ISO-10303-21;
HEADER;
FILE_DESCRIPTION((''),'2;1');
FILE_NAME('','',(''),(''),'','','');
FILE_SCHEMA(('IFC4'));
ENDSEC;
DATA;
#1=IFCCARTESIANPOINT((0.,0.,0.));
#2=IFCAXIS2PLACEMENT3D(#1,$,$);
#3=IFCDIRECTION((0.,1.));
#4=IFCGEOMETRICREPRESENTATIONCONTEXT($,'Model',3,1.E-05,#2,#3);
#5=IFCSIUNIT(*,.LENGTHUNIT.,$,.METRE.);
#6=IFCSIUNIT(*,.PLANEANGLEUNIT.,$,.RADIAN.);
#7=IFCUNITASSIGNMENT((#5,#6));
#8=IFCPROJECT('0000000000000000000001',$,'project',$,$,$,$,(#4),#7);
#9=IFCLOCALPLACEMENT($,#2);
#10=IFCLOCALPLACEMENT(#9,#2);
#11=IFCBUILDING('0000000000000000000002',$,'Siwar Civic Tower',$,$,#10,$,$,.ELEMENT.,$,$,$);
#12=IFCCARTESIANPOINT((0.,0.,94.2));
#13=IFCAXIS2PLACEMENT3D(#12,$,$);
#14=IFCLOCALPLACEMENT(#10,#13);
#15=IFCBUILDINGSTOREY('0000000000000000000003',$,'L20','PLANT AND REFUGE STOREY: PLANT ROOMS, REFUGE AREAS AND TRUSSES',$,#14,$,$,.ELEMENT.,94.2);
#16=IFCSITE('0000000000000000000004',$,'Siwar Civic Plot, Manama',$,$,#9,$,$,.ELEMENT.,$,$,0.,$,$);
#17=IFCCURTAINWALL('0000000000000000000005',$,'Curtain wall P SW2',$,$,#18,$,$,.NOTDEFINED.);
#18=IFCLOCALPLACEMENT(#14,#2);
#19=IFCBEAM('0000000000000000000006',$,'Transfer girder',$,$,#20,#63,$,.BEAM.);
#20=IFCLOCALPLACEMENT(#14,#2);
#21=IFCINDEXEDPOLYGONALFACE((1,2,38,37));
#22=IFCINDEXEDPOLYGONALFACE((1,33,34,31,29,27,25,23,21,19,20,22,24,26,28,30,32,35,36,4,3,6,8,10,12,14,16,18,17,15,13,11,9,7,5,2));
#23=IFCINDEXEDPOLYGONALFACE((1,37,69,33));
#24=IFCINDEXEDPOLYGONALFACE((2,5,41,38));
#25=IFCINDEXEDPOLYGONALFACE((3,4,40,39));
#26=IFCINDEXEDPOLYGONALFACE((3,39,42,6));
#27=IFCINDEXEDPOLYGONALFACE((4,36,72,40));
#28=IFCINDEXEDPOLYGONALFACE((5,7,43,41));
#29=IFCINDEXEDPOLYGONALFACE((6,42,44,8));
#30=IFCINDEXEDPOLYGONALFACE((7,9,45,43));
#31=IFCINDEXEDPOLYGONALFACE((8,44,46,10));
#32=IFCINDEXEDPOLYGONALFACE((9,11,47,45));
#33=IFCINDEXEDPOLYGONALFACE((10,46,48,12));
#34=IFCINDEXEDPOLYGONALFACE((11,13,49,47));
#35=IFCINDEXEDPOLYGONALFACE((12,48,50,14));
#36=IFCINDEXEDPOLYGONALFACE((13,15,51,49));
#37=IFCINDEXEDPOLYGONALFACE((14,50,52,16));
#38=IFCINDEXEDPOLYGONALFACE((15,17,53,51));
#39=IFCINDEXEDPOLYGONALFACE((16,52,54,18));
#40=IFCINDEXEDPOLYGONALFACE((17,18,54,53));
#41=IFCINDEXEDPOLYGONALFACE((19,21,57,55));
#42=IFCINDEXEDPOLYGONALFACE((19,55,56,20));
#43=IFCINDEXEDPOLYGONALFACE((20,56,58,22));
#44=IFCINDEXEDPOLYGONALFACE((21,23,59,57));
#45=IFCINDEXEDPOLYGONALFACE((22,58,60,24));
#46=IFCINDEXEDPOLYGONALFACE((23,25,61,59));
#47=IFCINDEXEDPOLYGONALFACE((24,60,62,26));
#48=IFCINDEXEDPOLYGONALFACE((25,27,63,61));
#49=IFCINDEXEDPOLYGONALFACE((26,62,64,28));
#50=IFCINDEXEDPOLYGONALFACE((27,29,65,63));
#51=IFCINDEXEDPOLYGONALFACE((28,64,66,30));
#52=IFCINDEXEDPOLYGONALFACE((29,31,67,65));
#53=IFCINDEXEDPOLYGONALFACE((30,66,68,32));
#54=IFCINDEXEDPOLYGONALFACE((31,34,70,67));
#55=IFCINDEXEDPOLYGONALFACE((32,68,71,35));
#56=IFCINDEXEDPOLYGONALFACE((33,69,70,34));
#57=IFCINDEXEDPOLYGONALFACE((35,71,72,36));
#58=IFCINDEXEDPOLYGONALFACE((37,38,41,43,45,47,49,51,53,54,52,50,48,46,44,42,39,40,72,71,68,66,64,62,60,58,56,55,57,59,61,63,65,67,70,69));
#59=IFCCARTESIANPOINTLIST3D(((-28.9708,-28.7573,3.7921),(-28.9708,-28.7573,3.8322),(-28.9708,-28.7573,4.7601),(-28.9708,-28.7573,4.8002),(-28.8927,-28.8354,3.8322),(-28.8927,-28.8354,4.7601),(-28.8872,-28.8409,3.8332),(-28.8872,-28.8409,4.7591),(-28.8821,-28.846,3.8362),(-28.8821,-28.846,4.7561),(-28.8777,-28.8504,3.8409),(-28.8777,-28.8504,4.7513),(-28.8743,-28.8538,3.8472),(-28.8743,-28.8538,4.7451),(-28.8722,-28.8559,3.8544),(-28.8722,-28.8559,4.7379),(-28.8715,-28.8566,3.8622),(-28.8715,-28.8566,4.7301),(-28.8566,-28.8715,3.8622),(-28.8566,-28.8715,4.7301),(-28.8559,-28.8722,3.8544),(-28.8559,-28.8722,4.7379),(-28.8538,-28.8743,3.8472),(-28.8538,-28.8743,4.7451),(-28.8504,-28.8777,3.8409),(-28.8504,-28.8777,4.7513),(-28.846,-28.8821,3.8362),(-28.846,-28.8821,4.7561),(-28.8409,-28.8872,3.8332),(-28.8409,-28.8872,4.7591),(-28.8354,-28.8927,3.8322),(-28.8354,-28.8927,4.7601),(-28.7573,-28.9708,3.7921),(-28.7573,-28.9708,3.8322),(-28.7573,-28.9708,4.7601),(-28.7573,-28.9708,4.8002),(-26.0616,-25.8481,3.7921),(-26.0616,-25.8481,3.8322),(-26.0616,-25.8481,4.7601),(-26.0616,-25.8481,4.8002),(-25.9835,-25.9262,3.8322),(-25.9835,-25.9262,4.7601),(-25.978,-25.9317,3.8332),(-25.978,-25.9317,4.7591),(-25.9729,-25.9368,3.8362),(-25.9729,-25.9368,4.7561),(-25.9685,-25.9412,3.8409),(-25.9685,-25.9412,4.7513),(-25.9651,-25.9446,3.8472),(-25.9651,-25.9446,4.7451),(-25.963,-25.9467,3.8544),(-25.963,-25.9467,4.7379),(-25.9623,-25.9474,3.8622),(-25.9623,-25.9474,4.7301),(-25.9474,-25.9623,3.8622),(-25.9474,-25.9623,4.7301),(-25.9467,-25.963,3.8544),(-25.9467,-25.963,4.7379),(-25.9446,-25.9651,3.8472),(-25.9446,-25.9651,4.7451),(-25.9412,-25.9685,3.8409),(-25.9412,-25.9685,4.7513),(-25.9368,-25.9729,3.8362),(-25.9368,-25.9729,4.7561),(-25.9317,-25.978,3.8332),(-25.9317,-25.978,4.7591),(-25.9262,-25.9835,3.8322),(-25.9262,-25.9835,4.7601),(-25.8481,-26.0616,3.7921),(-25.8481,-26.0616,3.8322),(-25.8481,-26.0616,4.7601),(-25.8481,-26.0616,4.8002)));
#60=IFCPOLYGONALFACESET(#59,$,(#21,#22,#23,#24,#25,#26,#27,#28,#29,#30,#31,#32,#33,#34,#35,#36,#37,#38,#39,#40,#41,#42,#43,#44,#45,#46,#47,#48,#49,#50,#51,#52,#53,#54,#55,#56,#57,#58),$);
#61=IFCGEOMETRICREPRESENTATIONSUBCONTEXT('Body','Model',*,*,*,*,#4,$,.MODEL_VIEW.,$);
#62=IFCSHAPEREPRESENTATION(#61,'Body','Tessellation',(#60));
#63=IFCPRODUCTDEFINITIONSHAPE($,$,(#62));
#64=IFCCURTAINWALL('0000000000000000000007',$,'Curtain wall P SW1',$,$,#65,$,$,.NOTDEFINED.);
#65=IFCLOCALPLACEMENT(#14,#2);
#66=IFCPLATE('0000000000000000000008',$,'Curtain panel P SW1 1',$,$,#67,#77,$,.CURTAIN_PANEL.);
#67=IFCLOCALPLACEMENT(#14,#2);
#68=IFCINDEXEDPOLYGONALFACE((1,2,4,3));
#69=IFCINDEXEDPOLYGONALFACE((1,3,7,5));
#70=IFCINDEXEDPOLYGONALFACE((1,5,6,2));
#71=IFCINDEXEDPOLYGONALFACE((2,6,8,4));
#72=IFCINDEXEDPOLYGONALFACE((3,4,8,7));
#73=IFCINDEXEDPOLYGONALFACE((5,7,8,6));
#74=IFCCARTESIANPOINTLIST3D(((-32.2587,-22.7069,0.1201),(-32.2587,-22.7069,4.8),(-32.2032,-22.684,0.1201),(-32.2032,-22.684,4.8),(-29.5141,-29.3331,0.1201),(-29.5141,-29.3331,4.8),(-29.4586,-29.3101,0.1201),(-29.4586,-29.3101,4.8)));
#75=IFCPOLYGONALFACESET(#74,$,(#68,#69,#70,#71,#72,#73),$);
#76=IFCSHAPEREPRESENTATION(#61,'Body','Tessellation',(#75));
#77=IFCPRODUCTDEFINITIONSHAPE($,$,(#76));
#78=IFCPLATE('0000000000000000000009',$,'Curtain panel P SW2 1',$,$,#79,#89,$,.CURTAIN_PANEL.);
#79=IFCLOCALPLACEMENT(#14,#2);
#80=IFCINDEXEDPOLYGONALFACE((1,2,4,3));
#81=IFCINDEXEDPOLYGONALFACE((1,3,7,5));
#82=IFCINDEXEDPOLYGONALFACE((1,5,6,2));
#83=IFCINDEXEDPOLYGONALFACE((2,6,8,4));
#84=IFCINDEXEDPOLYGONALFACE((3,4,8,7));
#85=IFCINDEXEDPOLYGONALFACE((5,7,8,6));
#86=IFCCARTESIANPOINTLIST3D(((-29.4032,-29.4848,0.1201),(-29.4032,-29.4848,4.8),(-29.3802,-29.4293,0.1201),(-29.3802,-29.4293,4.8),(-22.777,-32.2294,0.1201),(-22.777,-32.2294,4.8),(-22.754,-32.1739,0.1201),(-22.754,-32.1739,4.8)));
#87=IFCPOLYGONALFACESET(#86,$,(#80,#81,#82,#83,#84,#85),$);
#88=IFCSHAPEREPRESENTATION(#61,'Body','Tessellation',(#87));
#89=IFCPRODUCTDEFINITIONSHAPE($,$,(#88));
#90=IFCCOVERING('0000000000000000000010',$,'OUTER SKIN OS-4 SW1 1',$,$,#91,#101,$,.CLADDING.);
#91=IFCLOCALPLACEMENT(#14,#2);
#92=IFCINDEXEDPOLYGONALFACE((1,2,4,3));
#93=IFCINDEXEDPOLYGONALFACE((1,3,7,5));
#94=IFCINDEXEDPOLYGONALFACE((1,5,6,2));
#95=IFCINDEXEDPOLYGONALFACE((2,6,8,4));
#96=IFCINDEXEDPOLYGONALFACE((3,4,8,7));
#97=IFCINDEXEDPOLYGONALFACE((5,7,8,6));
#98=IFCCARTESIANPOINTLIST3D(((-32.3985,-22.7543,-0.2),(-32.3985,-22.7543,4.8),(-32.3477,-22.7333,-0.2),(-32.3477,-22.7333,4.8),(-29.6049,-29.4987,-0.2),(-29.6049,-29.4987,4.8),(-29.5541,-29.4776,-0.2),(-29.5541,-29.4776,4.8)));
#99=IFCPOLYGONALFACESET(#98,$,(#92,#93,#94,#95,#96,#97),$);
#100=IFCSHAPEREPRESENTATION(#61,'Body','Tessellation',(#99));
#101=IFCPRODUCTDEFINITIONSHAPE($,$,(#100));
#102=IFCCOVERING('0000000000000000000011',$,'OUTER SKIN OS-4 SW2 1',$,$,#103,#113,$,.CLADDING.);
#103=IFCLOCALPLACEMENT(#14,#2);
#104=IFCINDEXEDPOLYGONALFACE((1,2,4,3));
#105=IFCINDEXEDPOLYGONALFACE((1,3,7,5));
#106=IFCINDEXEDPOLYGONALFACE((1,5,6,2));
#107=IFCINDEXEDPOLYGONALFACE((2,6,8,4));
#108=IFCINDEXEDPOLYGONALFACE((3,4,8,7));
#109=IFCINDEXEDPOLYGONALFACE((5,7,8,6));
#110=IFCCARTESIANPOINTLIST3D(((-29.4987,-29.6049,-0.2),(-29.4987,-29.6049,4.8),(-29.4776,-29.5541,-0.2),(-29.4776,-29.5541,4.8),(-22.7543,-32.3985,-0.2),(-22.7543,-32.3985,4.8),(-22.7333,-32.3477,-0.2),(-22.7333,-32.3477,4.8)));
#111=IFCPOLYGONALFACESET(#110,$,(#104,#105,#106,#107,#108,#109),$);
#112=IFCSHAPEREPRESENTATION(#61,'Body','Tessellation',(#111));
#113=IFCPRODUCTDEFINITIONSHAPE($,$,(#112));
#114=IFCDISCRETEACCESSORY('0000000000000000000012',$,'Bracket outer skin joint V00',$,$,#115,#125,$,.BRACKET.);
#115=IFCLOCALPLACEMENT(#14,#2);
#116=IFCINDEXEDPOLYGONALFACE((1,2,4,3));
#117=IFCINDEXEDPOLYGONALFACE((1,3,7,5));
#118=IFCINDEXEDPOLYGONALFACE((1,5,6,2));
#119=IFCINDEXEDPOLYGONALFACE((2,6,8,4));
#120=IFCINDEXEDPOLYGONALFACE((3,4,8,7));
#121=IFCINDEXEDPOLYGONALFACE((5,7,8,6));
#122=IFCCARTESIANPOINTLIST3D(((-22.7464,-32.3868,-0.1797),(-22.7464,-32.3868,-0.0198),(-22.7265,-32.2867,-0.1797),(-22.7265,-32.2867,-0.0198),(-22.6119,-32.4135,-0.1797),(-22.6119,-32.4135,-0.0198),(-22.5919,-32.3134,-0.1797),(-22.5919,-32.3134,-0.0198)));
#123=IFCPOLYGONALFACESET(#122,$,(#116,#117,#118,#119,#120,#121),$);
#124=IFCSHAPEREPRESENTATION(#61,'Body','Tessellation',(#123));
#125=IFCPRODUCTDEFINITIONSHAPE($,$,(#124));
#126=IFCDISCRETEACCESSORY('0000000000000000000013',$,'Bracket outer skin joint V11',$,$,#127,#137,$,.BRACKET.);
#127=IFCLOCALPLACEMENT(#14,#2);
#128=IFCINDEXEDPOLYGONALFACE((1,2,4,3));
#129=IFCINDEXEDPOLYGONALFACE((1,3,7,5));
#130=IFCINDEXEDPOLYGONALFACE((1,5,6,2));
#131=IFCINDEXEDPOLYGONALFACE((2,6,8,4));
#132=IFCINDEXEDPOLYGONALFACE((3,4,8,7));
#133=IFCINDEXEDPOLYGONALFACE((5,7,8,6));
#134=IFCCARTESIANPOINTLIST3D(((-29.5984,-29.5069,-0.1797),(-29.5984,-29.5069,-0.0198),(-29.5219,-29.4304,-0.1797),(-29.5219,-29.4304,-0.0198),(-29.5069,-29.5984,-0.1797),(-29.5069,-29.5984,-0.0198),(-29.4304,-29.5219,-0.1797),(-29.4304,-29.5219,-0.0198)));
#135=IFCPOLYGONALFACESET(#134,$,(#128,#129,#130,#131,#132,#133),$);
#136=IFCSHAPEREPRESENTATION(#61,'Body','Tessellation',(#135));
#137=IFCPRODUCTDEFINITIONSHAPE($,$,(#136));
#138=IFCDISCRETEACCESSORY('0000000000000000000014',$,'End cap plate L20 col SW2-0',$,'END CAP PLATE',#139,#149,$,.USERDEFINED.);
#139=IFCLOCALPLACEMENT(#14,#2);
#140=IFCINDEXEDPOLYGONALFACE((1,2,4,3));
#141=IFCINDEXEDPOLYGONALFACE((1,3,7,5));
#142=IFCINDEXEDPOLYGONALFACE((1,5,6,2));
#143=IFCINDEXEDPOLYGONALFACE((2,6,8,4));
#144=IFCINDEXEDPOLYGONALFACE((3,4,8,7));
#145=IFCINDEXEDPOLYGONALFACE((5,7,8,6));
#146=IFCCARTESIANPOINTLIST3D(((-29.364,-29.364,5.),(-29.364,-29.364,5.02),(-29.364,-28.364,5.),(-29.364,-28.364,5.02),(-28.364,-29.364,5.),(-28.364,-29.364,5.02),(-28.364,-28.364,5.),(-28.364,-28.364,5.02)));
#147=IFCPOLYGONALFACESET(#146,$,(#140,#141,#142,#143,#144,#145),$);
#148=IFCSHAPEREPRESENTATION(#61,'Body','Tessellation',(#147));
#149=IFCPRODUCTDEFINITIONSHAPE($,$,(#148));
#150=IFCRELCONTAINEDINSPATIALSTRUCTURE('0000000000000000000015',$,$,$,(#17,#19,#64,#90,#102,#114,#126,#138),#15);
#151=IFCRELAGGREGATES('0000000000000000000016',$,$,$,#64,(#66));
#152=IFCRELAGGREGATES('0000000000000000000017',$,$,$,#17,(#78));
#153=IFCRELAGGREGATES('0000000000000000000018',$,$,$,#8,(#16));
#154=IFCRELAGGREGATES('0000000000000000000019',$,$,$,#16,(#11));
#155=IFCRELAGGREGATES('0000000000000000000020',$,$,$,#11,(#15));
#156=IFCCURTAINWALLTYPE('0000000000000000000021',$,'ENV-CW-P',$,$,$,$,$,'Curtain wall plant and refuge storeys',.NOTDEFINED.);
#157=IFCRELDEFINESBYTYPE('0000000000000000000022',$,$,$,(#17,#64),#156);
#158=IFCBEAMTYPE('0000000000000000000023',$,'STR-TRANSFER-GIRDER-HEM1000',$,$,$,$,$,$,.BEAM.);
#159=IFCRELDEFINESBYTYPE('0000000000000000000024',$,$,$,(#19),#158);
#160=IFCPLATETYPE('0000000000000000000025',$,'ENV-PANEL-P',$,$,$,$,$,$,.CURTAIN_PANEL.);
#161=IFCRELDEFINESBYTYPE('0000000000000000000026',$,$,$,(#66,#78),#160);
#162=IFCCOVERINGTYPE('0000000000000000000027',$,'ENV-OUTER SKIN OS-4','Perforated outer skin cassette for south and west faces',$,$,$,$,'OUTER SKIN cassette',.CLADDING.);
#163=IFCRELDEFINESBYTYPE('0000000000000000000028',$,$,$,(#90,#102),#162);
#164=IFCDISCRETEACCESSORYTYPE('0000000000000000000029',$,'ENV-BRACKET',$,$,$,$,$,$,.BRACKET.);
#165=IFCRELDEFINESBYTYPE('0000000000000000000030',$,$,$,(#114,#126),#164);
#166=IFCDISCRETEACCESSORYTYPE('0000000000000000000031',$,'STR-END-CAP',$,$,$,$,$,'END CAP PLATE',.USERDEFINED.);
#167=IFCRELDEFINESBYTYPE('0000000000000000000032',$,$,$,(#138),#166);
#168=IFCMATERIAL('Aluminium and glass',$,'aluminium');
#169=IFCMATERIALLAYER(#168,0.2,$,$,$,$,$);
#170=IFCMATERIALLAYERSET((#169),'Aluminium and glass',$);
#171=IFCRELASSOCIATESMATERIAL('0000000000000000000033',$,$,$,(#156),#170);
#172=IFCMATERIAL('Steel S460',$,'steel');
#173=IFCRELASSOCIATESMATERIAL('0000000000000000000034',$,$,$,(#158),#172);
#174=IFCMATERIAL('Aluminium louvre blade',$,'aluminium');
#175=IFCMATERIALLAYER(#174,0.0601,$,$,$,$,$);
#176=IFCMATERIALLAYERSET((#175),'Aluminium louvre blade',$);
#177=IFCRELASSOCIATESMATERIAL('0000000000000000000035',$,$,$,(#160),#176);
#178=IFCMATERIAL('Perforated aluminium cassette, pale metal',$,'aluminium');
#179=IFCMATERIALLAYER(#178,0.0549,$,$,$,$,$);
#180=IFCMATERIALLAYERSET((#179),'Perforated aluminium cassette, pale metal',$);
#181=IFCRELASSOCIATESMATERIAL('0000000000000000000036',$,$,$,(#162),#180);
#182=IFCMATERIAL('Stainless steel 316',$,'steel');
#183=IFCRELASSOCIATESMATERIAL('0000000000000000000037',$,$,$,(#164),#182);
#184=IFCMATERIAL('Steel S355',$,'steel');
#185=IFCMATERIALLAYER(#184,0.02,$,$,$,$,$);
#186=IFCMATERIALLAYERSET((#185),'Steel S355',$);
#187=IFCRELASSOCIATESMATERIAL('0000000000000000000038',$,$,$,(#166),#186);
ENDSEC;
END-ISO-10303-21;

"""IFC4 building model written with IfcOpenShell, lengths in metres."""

from ifc_helpers import new_model, si_unit, direction, frame, origin, origin_2d, place, context, subcontext, project, spatial, rectangle, i_section, extrude, material, layer, layer_set, material_profile, profile_set, type_object, element, aggregate, save


model = new_model("IFC4")

# Units and contexts
model_context = context("Model", 3, precision=1e-05, world=origin(), true_north=direction((0.0, 1.0)))
body_context = subcontext(model_context, "Body", "Model", "MODEL_VIEW")
ifc_project = project(units=[si_unit("LENGTHUNIT", "METRE"), si_unit("PLANEANGLEUNIT", "RADIAN")], contexts=[model_context])

# Site, building, storey
site_placement = place(None, origin())
site = spatial("IfcSite", under=ifc_project, at=site_placement, Name="Siwar Civic Plot, Manama", CompositionType="ELEMENT", RefElevation=0.0)
building_placement = place(site_placement, origin())
building = spatial("IfcBuilding", under=site, at=building_placement, Name="Siwar Civic Tower", CompositionType="ELEMENT")
storey_placement = place(building_placement, frame((0.0, 0.0, 94.2)))
storey = spatial("IfcBuildingStorey", under=building, at=storey_placement, Name="L20", Description="PLANT AND REFUGE STOREY: PLANT ROOMS, REFUGE AREAS AND TRUSSES", CompositionType="ELEMENT", Elevation=94.2)

# Curtain wall
ifc_material_1 = material(Name="Aluminium and glass", Category="aluminium")
ifc_layer_1 = layer(ifc_material_1, 0.2)
ifc_layer_set_1 = layer_set([ifc_layer_1], Name="Aluminium and glass")
curtain_wall_type = type_object("IfcCurtainWallType", Name="ENV-CW-P", ElementType="Curtain wall plant and refuge storeys", PredefinedType="NOTDEFINED", material=ifc_layer_set_1)
curtain_wall_1_placement = place(storey_placement, origin())
curtain_wall_1 = element("IfcCurtainWall", 1, at=curtain_wall_1_placement, inside=storey, type_object=curtain_wall_type, Name="Curtain wall P SW2", PredefinedType="NOTDEFINED")

# Beam
ifc_material_2 = material(Name="Steel S460", Category="steel")
ifc_material_profile_1 = material_profile(ifc_material_2, i_section(OverallWidth=0.302, OverallDepth=1.0081, WebThickness=0.021, FlangeThickness=0.04, FilletRadius=0.03, at=origin_2d()), Name="HEM1000")
ifc_profile_set_1 = profile_set([ifc_material_profile_1], Name="Steel S460")
beam_type_1 = type_object("IfcBeamType", Name="STR-TRANSFER-GIRDER-HEM1000", PredefinedType="BEAM", material=ifc_profile_set_1)
beam_1_placement = place(storey_placement, frame((-25.9548, -25.9548, 4.2961), z_axis=(-0.707107, -0.707107, 0.0), x_axis=(0.707107, -0.707107, 0.0)))
element("IfcBeam", 2, at=beam_1_placement, inside=storey, type_object=beam_type_1, Name="Transfer girder", PredefinedType="BEAM", context=body_context, shape_type="SweptSolid", body=[
    extrude(i_section(OverallWidth=0.302, OverallDepth=1.0081, WebThickness=0.021, FlangeThickness=0.04, FilletRadius=0.03, at=origin_2d()), origin(), (0.0, 0.0, 1.0), 4.1143),
])

# Curtain wall, plate
curtain_wall_2_placement = place(storey_placement, origin())
curtain_wall_2 = element("IfcCurtainWall", 3, at=curtain_wall_2_placement, inside=storey, type_object=curtain_wall_type, Name="Curtain wall P SW1", PredefinedType="NOTDEFINED")
ifc_material_3 = material(Name="Aluminium louvre blade", Category="aluminium")
ifc_layer_2 = layer(ifc_material_3, 0.0601)
ifc_layer_set_2 = layer_set([ifc_layer_2], Name="Aluminium louvre blade")
plate_type = type_object("IfcPlateType", Name="ENV-PANEL-P", PredefinedType="CURTAIN_PANEL", material=ifc_layer_set_2)
plate_1_placement = place(storey_placement, frame((-30.8586, -26.0085, 0.1201), z_axis=(0.0, 0.0, 1.0), x_axis=(0.382683, -0.92388, 0.0)))
plate_1 = element("IfcPlate", 4, at=plate_1_placement, type_object=plate_type, Name="Curtain panel P SW1 1", PredefinedType="CURTAIN_PANEL", context=body_context, shape_type="SweptSolid", body=[
    extrude(rectangle(XDim=7.1721, YDim=0.0601, at=origin_2d()), origin(), (0.0, 0.0, 1.0), 4.6799),
])
aggregate(curtain_wall_2, [plate_1])

# Plate
plate_2_placement = place(storey_placement, frame((-26.0786, -30.8293, 0.1201), z_axis=(0.0, 0.0, 1.0), x_axis=(0.92388, -0.382683, 0.0)))
plate_2 = element("IfcPlate", 5, at=plate_2_placement, type_object=plate_type, Name="Curtain panel P SW2 1", PredefinedType="CURTAIN_PANEL", context=body_context, shape_type="SweptSolid", body=[
    extrude(rectangle(XDim=7.1721, YDim=0.0601, at=origin_2d()), origin(), (0.0, 0.0, 1.0), 4.6799),
])
aggregate(curtain_wall_1, [plate_2])

# Coverings
ifc_material_4 = material(Name="Perforated aluminium cassette, pale metal", Category="aluminium")
ifc_layer_3 = layer(ifc_material_4, 0.0549)
ifc_layer_set_3 = layer_set([ifc_layer_3], Name="Perforated aluminium cassette, pale metal")
covering_type = type_object("IfcCoveringType", Name="ENV-OUTER SKIN OS-4", Description="Perforated outer skin cassette for south and west faces", ElementType="OUTER SKIN cassette", PredefinedType="CLADDING", material=ifc_layer_set_3)
for number, where, z_axis, x_axis, name in (
    (6, (-30.9763, -26.116, -0.2), (0.0, 0.0, 1.0), (0.382683, -0.92388, 0.0), "OUTER SKIN OS-4 SW1 1"),
    (7, (-26.116, -30.9763, -0.2), (0.0, 0.0, 1.0), (0.92388, -0.382683, 0.0), "OUTER SKIN OS-4 SW2 1"),
):
    element("IfcCovering", number, at=place(storey_placement, frame(where, z_axis=z_axis, x_axis=x_axis)), inside=storey, type_object=covering_type, Name=name, PredefinedType="CLADDING", context=body_context, shape_type="SweptSolid", body=[
        extrude(rectangle(XDim=7.3, YDim=0.0549, at=origin_2d()), origin(), (0.0, 0.0, 1.0), 5.0),
    ])

# Discrete accessories
ifc_material_5 = material(Name="Stainless steel 316", Category="steel")
discrete_accessory_type_1 = type_object("IfcDiscreteAccessoryType", Name="ENV-BRACKET", PredefinedType="BRACKET", material=ifc_material_5)
discrete_accessory_1_placement = place(storey_placement, frame((-22.6692, -32.3501, -0.1797), z_axis=(0.0, 0.0, 1.0), x_axis=(-0.19509, -0.980785, 0.0)))
element("IfcDiscreteAccessory", 8, at=discrete_accessory_1_placement, inside=storey, type_object=discrete_accessory_type_1, Name="Bracket outer skin joint V00", PredefinedType="BRACKET", context=body_context, shape_type="SweptSolid", body=[
    extrude(rectangle(XDim=0.1021, YDim=0.1372, at=origin_2d()), origin(), (0.0, 0.0, 1.0), 0.1599),
])
discrete_accessory_2_placement = place(storey_placement, frame((-29.5144, -29.5144, -0.1797), z_axis=(0.0, 0.0, 1.0), x_axis=(-0.707107, -0.707107, 0.0)))
element("IfcDiscreteAccessory", 9, at=discrete_accessory_2_placement, inside=storey, type_object=discrete_accessory_type_1, Name="Bracket outer skin joint V11", PredefinedType="BRACKET", context=body_context, shape_type="SweptSolid", body=[
    extrude(rectangle(XDim=0.1082, YDim=0.1294, at=origin_2d()), origin(), (0.0, 0.0, 1.0), 0.1599),
])
ifc_material_6 = material(Name="Steel S355", Category="steel")
ifc_layer_4 = layer(ifc_material_6, 0.02)
ifc_layer_set_4 = layer_set([ifc_layer_4], Name="Steel S355")
discrete_accessory_type_2 = type_object("IfcDiscreteAccessoryType", Name="STR-END-CAP", ElementType="END CAP PLATE", PredefinedType="USERDEFINED", material=ifc_layer_set_4)
discrete_accessory_3_placement = place(storey_placement, frame((-28.864, -28.864, 5.0), z_axis=(0.0, 0.0, 1.0), x_axis=(1.0, 0.0, 0.0)))
element("IfcDiscreteAccessory", 10, at=discrete_accessory_3_placement, inside=storey, type_object=discrete_accessory_type_2, Name="End cap plate L20 col SW2-0", ObjectType="END CAP PLATE", PredefinedType="USERDEFINED", context=body_context, shape_type="SweptSolid", body=[
    extrude(rectangle(XDim=1.0, YDim=1.0, at=origin_2d()), origin(), (0.0, 0.0, 1.0), 0.02),
])

save(model, "model.ifc")
